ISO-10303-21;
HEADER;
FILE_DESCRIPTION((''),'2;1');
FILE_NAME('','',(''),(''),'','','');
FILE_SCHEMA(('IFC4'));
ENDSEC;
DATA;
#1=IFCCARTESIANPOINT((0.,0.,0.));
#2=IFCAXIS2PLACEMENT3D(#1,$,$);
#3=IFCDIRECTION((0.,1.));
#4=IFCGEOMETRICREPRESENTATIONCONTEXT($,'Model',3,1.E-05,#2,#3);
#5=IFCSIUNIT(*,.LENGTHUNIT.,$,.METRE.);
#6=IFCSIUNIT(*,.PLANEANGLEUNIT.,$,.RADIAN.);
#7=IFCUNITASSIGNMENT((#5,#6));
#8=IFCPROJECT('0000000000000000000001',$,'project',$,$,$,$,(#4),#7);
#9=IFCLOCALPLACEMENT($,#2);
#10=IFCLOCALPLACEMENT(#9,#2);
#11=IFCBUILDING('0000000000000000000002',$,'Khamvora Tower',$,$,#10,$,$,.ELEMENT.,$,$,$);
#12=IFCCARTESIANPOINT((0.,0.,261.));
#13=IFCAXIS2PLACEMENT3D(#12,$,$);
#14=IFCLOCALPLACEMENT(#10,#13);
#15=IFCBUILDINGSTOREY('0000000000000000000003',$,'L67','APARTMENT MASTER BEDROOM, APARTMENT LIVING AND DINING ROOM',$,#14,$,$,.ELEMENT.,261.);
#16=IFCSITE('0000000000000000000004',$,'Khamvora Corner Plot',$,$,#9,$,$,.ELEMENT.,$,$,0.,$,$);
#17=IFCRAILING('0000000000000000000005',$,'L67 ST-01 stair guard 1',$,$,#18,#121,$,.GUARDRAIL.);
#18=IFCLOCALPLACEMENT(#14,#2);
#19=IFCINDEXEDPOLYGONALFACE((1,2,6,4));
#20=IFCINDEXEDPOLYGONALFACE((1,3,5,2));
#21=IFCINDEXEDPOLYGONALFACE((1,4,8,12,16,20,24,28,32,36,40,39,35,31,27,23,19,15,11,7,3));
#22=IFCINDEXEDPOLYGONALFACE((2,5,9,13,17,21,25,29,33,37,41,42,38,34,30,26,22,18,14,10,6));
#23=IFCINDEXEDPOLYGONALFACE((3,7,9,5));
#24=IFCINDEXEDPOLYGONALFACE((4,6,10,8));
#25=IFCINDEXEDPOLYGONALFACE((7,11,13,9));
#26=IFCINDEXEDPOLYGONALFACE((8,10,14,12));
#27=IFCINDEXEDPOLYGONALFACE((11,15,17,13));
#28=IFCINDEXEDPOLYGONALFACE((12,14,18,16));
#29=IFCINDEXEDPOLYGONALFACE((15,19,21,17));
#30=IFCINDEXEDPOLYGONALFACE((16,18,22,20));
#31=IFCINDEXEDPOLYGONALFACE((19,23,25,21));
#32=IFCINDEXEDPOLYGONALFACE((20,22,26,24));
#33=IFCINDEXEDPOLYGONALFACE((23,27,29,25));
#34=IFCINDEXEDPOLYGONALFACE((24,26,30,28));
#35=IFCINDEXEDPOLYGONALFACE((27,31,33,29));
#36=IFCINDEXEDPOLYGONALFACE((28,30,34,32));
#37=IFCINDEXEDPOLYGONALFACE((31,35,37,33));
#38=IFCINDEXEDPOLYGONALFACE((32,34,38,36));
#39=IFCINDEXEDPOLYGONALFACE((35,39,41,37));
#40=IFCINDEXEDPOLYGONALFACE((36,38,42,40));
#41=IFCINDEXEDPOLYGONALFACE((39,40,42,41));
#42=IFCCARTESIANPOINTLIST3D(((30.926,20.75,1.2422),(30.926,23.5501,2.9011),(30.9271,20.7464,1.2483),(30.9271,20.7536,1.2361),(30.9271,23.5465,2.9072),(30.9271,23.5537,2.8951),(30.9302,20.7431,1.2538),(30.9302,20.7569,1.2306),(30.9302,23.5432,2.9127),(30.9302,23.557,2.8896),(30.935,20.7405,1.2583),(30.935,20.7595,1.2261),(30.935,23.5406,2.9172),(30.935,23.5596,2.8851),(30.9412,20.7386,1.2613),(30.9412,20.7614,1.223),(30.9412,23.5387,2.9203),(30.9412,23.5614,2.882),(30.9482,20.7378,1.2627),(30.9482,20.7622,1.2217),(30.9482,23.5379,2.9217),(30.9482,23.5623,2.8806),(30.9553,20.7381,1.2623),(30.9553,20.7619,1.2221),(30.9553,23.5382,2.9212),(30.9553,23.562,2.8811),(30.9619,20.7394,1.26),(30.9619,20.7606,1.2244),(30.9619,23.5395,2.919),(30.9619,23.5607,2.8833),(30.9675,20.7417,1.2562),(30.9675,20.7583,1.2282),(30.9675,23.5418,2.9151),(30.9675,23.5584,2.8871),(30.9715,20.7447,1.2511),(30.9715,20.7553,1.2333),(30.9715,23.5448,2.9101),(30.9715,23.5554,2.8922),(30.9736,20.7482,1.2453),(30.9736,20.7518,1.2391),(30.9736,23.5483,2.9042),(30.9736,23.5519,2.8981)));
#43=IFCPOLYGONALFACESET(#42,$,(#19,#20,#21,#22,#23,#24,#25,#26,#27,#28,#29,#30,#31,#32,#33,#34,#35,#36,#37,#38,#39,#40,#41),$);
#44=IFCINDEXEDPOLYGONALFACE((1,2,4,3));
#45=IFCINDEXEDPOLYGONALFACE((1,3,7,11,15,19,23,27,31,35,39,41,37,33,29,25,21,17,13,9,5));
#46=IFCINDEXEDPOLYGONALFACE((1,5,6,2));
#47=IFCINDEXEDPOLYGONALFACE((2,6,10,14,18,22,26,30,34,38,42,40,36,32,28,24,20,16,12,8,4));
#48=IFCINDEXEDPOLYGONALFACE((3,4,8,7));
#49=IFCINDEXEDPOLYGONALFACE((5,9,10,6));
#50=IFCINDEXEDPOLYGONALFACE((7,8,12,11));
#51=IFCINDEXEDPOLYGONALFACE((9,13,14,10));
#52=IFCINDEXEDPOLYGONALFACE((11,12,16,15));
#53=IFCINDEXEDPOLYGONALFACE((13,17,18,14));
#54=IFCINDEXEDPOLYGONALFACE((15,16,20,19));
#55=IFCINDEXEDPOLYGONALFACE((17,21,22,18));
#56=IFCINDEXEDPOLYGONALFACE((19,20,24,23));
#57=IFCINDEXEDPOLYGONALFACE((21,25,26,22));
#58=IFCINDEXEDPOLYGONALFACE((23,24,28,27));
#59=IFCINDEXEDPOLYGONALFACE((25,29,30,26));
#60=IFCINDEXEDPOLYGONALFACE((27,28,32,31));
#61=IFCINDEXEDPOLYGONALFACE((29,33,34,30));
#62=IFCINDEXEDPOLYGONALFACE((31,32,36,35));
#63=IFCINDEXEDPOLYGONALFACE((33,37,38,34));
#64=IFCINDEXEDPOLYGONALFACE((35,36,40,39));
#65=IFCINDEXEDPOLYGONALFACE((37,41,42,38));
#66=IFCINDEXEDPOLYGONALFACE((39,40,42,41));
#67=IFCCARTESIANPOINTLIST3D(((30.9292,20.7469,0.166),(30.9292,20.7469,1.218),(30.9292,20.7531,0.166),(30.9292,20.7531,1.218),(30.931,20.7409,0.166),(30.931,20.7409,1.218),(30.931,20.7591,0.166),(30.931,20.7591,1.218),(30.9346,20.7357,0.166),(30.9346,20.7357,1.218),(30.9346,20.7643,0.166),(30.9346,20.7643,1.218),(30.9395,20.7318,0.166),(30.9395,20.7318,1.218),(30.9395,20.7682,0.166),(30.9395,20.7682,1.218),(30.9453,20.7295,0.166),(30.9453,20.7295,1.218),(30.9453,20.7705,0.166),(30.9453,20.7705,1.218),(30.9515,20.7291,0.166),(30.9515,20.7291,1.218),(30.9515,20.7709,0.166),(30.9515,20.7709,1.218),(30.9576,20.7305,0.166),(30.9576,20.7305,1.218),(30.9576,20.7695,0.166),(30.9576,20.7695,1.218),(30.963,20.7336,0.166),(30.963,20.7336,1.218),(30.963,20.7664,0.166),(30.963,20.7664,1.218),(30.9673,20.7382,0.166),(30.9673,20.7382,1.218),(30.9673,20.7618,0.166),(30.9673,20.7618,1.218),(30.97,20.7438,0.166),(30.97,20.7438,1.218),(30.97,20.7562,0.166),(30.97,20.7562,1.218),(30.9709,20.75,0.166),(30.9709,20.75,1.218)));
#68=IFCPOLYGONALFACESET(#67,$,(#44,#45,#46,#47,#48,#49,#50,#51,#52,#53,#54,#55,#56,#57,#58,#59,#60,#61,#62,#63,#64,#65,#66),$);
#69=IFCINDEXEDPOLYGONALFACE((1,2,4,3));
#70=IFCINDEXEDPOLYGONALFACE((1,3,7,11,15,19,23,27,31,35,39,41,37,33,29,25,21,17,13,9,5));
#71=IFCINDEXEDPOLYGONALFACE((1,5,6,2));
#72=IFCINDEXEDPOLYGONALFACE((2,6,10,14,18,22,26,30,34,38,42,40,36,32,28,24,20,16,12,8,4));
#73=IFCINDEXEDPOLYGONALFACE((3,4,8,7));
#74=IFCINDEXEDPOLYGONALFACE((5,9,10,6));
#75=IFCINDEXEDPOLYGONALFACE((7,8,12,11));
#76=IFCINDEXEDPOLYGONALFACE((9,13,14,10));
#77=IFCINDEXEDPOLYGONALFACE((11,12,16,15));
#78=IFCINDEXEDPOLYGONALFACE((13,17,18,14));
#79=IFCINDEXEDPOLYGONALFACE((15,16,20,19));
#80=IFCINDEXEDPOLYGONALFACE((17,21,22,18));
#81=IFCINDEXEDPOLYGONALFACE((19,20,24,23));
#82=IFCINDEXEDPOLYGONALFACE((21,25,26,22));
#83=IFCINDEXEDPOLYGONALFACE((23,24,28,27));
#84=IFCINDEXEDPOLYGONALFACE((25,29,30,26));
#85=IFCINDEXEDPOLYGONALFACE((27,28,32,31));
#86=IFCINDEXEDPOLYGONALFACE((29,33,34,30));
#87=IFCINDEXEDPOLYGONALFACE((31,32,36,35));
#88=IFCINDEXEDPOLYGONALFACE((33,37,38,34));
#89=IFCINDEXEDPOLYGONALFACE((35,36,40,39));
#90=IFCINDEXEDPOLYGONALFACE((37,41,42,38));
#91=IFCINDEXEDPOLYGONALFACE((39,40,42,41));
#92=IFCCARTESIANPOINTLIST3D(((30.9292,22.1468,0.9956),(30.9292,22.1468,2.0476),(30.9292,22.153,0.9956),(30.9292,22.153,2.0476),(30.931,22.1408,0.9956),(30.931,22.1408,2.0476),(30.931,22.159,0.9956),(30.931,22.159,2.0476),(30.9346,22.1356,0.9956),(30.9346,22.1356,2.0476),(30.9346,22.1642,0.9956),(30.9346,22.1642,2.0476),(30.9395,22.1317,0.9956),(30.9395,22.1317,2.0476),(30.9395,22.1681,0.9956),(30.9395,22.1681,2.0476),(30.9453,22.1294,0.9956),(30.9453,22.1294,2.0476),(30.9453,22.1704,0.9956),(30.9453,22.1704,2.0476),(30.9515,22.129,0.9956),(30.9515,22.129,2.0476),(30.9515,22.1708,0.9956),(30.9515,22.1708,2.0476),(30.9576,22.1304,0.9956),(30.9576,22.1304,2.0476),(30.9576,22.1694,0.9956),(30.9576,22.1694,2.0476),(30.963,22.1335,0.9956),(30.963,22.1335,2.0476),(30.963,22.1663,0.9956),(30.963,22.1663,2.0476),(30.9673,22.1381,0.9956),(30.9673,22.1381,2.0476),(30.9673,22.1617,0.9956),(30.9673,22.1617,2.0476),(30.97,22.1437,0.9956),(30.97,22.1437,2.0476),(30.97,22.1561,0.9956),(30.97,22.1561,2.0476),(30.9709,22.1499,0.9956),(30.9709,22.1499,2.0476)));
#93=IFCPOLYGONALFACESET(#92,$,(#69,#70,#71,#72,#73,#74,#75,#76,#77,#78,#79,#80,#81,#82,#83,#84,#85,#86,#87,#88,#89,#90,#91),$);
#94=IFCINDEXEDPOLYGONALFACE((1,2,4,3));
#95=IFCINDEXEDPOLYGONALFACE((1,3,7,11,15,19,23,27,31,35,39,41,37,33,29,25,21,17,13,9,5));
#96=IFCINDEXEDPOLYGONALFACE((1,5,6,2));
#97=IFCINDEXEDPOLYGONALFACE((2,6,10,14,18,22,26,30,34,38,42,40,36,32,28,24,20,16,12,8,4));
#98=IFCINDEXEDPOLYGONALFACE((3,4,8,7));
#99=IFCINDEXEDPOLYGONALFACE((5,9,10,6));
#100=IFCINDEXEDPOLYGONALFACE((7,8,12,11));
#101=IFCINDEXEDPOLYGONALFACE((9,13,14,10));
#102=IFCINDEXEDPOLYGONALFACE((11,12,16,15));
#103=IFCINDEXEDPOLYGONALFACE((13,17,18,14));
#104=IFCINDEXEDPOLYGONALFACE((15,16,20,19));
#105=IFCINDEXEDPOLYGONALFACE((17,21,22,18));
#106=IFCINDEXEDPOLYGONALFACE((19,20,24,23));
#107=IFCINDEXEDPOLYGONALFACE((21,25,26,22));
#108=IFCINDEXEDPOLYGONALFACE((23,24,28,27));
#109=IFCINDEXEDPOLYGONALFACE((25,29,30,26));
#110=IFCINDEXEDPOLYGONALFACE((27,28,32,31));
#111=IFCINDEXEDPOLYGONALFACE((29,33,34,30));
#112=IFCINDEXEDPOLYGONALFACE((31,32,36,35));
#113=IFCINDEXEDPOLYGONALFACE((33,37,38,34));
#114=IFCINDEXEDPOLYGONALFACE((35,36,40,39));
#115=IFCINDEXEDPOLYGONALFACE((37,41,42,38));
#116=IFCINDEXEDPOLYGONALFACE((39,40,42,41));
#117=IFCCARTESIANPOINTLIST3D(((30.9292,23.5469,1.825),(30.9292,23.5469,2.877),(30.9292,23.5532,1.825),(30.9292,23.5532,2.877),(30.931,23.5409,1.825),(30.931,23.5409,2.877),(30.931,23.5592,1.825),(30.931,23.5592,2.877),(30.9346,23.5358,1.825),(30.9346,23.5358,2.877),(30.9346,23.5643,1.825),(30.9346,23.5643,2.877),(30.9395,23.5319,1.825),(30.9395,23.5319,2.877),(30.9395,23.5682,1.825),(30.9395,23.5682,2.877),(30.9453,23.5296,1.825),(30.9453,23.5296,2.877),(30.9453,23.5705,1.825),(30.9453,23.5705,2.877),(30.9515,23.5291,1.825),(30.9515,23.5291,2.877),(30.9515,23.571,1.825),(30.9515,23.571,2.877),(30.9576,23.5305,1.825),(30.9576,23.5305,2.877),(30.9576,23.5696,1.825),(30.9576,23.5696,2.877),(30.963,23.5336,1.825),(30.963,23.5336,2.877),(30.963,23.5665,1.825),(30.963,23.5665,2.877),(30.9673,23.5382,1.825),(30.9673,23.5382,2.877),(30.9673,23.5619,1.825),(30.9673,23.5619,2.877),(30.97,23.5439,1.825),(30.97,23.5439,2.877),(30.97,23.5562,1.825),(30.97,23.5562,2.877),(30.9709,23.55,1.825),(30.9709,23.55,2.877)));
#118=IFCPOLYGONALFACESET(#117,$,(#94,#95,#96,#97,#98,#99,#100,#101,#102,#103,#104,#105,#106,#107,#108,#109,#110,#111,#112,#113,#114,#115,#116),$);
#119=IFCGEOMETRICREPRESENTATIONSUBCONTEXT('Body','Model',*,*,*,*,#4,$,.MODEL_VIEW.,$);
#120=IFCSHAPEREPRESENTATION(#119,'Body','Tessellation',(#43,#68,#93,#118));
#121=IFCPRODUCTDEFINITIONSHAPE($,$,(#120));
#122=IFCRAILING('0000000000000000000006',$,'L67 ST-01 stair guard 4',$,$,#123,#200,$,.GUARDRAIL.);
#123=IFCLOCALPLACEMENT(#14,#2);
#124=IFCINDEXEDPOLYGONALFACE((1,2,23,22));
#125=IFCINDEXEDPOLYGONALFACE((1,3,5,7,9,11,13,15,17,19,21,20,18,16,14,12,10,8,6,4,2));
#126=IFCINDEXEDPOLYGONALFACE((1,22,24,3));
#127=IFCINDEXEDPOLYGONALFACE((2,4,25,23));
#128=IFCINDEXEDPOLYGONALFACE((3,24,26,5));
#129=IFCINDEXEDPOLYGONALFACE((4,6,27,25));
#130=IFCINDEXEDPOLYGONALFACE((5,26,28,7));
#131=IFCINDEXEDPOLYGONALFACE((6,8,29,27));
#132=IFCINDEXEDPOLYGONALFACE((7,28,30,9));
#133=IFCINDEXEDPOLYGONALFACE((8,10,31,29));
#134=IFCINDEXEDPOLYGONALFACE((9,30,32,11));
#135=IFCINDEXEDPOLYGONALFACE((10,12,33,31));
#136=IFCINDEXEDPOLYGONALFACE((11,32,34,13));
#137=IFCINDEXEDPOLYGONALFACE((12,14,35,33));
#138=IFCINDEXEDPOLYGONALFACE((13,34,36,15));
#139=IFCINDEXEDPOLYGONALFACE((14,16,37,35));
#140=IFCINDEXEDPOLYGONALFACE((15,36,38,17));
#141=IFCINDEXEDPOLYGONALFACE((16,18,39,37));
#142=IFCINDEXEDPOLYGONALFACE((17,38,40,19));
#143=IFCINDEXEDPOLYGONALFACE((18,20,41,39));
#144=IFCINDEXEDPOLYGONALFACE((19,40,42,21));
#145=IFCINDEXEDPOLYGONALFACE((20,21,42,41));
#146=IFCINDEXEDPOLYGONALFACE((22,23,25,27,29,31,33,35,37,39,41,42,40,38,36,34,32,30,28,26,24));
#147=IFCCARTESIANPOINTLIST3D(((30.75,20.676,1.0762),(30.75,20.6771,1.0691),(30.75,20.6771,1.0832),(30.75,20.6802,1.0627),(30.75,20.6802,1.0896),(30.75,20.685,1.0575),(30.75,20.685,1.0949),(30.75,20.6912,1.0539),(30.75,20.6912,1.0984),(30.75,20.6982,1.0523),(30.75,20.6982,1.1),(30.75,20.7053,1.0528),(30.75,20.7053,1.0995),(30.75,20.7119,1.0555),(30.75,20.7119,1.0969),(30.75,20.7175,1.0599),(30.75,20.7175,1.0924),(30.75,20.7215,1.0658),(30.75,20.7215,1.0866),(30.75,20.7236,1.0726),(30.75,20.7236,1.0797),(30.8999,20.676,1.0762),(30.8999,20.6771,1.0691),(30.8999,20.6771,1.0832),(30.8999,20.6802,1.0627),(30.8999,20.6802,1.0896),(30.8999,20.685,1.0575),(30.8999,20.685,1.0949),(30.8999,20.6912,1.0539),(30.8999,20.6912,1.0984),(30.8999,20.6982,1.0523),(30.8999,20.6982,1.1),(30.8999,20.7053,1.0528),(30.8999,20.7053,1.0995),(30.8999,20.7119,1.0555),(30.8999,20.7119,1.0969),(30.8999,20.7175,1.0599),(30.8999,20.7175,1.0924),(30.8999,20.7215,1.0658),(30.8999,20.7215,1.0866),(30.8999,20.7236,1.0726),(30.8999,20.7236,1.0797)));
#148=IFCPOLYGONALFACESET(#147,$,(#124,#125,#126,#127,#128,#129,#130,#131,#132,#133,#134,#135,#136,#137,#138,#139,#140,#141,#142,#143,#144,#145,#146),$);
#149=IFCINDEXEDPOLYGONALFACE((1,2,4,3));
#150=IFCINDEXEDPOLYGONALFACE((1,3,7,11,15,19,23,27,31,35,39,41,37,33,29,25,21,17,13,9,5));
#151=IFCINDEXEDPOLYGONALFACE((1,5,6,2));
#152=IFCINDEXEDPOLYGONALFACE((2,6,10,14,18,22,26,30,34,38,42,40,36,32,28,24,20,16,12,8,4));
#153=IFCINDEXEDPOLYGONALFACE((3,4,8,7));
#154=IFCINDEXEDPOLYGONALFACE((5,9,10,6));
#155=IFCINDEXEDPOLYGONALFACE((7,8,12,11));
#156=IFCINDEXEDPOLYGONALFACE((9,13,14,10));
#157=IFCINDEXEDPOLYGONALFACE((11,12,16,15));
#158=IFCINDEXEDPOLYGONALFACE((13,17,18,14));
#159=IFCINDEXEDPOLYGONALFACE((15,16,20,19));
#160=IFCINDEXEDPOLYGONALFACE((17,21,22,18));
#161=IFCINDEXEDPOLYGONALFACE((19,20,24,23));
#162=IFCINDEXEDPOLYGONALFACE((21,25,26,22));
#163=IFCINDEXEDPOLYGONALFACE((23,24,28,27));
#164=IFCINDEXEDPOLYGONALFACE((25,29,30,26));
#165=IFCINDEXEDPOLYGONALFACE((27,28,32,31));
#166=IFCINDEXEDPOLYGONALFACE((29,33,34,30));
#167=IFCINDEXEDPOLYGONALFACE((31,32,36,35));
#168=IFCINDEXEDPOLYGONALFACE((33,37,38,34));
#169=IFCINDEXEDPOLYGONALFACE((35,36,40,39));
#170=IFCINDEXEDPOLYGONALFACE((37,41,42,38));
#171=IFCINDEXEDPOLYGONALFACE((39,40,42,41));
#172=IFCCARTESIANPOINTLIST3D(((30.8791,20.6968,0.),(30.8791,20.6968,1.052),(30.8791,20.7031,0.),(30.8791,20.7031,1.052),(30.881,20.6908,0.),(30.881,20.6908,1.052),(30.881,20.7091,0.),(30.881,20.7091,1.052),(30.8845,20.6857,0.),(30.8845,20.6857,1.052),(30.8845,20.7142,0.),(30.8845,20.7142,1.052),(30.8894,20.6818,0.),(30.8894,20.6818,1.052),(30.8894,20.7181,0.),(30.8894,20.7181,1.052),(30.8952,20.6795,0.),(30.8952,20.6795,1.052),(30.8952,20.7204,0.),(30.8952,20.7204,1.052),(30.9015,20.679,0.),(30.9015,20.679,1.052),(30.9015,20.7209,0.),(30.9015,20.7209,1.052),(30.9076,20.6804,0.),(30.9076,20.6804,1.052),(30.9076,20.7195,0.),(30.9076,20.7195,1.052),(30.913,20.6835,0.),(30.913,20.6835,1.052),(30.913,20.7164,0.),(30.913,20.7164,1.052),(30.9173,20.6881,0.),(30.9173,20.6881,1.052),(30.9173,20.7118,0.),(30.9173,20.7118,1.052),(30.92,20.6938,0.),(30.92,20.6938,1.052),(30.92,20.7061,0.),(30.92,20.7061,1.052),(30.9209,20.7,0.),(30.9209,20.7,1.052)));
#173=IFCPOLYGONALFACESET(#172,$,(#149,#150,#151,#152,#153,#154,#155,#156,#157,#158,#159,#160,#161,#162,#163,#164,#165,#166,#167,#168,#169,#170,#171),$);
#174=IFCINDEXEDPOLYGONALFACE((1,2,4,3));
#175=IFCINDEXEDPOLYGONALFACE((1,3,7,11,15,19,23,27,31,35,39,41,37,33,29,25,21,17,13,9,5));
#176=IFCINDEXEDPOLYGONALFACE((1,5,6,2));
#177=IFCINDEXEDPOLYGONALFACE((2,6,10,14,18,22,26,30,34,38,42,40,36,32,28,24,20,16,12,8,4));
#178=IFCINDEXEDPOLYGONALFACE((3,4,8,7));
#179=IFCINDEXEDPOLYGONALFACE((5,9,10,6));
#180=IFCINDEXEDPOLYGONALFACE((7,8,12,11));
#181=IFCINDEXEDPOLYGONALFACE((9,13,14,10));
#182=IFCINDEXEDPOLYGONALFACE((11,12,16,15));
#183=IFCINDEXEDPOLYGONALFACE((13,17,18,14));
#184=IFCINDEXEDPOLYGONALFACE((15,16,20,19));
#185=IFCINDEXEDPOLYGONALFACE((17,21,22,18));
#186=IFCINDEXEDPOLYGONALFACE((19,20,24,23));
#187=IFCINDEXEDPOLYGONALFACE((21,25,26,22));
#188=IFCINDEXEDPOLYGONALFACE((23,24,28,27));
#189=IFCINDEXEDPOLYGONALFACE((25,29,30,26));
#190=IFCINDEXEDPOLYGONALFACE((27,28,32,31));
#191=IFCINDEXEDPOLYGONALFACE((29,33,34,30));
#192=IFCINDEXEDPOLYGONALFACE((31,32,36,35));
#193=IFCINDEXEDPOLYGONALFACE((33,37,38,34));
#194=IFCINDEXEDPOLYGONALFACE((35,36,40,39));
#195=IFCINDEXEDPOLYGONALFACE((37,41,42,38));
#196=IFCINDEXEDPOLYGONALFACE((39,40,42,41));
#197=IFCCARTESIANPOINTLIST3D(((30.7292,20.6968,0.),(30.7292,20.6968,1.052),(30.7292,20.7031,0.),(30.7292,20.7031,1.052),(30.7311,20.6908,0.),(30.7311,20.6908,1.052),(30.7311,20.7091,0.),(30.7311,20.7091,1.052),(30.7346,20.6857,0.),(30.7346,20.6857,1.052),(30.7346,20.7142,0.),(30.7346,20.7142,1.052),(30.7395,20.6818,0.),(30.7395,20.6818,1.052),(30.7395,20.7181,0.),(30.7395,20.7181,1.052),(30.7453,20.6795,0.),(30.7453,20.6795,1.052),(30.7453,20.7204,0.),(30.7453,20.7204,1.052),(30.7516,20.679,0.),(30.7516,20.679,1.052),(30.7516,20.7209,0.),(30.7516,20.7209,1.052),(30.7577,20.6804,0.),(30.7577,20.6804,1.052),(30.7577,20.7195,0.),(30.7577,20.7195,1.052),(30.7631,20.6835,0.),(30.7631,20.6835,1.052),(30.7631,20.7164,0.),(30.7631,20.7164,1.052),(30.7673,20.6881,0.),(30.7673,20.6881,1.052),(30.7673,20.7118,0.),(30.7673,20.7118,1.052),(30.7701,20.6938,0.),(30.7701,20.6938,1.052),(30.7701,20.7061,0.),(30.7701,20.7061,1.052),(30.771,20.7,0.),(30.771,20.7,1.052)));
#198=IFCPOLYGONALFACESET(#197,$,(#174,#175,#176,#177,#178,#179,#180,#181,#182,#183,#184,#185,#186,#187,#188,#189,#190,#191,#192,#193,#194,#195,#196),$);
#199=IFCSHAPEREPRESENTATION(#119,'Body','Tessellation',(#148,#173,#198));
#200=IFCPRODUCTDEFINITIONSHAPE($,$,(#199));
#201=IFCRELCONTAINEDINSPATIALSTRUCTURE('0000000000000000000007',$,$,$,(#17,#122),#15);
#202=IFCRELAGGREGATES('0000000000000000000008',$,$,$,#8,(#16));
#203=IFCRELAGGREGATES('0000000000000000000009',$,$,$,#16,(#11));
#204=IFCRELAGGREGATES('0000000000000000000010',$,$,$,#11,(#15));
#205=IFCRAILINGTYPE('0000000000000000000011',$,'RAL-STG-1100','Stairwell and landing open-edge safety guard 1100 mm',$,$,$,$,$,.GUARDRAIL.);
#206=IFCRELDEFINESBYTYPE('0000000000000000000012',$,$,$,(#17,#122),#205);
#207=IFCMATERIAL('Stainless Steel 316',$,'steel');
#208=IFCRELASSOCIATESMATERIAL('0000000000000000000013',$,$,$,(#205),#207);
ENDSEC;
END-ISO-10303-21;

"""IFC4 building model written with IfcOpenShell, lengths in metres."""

from ifc_helpers import new_model, si_unit, direction, frame, origin, origin_2d, place, context, subcontext, project, spatial, circle, extrude, material, type_object, element, save


model = new_model("IFC4")

# Units and contexts
model_context = context("Model", 3, precision=1e-05, world=origin(), true_north=direction((0.0, 1.0)))
body_context = subcontext(model_context, "Body", "Model", "MODEL_VIEW")
ifc_project = project(units=[si_unit("LENGTHUNIT", "METRE"), si_unit("PLANEANGLEUNIT", "RADIAN")], contexts=[model_context])

# Site, building, storey
site_placement = place(None, origin())
site = spatial("IfcSite", under=ifc_project, at=site_placement, Name="Khamvora Corner Plot", CompositionType="ELEMENT", RefElevation=0.0)
building_placement = place(site_placement, origin())
building = spatial("IfcBuilding", under=site, at=building_placement, Name="Khamvora Tower", CompositionType="ELEMENT")
storey_placement = place(building_placement, frame((0.0, 0.0, 261.0)))
storey = spatial("IfcBuildingStorey", under=building, at=storey_placement, Name="L67", Description="APARTMENT MASTER BEDROOM, APARTMENT LIVING AND DINING ROOM", CompositionType="ELEMENT", Elevation=261.0)

# Railings
ifc_material_1 = material(Name="Stainless Steel 316", Category="steel")
railing_type = type_object("IfcRailingType", Name="RAL-STG-1100", Description="Stairwell and landing open-edge safety guard 1100 mm", PredefinedType="GUARDRAIL", material=ifc_material_1)
railing_1_placement = place(storey_placement, frame((30.95, 20.75, 0.166)))
element("IfcRailing", 1, at=railing_1_placement, inside=storey, type_object=railing_type, Name="L67 ST-01 stair guard 1", PredefinedType="GUARDRAIL", context=body_context, shape_type="SweptSolid", body=[
    extrude(circle(Radius=0.0239, at=origin_2d()), frame((0.0, 0.0, 1.0762), z_axis=(0.0, 0.860339, 0.509722), x_axis=(-1.0, 0.0, 0.0)), (0.0, 0.0, 1.0), 3.2546),
    extrude(circle(Radius=0.021, at=origin_2d()), origin(), (0.0, 0.0, 1.0), 1.052),
    extrude(circle(Radius=0.021, at=origin_2d()), frame((0.0, 1.3999, 0.8296)), (0.0, 0.0, 1.0), 1.052),
    extrude(circle(Radius=0.021, at=origin_2d()), frame((0.0, 2.8, 1.6589)), (0.0, 0.0, 1.0), 1.052),
])
railing_2_placement = place(storey_placement, frame((30.8999, 20.7, 0.0)))
element("IfcRailing", 2, at=railing_2_placement, inside=storey, type_object=railing_type, Name="L67 ST-01 stair guard 4", PredefinedType="GUARDRAIL", context=body_context, shape_type="SweptSolid", body=[
    extrude(circle(Radius=0.0239, at=origin_2d()), frame((0.0, 0.0, 1.0762), z_axis=(-1.0, 0.0, 0.0), x_axis=(0.0, -1.0, 0.0)), (0.0, 0.0, 1.0), 0.1499),
    extrude(circle(Radius=0.021, at=origin_2d()), origin(), (0.0, 0.0, 1.0), 1.052),
    extrude(circle(Radius=0.021, at=origin_2d()), frame((-0.1499, 0.0, 0.0)), (0.0, 0.0, 1.0), 1.052),
])

save(model, "model.ifc")
